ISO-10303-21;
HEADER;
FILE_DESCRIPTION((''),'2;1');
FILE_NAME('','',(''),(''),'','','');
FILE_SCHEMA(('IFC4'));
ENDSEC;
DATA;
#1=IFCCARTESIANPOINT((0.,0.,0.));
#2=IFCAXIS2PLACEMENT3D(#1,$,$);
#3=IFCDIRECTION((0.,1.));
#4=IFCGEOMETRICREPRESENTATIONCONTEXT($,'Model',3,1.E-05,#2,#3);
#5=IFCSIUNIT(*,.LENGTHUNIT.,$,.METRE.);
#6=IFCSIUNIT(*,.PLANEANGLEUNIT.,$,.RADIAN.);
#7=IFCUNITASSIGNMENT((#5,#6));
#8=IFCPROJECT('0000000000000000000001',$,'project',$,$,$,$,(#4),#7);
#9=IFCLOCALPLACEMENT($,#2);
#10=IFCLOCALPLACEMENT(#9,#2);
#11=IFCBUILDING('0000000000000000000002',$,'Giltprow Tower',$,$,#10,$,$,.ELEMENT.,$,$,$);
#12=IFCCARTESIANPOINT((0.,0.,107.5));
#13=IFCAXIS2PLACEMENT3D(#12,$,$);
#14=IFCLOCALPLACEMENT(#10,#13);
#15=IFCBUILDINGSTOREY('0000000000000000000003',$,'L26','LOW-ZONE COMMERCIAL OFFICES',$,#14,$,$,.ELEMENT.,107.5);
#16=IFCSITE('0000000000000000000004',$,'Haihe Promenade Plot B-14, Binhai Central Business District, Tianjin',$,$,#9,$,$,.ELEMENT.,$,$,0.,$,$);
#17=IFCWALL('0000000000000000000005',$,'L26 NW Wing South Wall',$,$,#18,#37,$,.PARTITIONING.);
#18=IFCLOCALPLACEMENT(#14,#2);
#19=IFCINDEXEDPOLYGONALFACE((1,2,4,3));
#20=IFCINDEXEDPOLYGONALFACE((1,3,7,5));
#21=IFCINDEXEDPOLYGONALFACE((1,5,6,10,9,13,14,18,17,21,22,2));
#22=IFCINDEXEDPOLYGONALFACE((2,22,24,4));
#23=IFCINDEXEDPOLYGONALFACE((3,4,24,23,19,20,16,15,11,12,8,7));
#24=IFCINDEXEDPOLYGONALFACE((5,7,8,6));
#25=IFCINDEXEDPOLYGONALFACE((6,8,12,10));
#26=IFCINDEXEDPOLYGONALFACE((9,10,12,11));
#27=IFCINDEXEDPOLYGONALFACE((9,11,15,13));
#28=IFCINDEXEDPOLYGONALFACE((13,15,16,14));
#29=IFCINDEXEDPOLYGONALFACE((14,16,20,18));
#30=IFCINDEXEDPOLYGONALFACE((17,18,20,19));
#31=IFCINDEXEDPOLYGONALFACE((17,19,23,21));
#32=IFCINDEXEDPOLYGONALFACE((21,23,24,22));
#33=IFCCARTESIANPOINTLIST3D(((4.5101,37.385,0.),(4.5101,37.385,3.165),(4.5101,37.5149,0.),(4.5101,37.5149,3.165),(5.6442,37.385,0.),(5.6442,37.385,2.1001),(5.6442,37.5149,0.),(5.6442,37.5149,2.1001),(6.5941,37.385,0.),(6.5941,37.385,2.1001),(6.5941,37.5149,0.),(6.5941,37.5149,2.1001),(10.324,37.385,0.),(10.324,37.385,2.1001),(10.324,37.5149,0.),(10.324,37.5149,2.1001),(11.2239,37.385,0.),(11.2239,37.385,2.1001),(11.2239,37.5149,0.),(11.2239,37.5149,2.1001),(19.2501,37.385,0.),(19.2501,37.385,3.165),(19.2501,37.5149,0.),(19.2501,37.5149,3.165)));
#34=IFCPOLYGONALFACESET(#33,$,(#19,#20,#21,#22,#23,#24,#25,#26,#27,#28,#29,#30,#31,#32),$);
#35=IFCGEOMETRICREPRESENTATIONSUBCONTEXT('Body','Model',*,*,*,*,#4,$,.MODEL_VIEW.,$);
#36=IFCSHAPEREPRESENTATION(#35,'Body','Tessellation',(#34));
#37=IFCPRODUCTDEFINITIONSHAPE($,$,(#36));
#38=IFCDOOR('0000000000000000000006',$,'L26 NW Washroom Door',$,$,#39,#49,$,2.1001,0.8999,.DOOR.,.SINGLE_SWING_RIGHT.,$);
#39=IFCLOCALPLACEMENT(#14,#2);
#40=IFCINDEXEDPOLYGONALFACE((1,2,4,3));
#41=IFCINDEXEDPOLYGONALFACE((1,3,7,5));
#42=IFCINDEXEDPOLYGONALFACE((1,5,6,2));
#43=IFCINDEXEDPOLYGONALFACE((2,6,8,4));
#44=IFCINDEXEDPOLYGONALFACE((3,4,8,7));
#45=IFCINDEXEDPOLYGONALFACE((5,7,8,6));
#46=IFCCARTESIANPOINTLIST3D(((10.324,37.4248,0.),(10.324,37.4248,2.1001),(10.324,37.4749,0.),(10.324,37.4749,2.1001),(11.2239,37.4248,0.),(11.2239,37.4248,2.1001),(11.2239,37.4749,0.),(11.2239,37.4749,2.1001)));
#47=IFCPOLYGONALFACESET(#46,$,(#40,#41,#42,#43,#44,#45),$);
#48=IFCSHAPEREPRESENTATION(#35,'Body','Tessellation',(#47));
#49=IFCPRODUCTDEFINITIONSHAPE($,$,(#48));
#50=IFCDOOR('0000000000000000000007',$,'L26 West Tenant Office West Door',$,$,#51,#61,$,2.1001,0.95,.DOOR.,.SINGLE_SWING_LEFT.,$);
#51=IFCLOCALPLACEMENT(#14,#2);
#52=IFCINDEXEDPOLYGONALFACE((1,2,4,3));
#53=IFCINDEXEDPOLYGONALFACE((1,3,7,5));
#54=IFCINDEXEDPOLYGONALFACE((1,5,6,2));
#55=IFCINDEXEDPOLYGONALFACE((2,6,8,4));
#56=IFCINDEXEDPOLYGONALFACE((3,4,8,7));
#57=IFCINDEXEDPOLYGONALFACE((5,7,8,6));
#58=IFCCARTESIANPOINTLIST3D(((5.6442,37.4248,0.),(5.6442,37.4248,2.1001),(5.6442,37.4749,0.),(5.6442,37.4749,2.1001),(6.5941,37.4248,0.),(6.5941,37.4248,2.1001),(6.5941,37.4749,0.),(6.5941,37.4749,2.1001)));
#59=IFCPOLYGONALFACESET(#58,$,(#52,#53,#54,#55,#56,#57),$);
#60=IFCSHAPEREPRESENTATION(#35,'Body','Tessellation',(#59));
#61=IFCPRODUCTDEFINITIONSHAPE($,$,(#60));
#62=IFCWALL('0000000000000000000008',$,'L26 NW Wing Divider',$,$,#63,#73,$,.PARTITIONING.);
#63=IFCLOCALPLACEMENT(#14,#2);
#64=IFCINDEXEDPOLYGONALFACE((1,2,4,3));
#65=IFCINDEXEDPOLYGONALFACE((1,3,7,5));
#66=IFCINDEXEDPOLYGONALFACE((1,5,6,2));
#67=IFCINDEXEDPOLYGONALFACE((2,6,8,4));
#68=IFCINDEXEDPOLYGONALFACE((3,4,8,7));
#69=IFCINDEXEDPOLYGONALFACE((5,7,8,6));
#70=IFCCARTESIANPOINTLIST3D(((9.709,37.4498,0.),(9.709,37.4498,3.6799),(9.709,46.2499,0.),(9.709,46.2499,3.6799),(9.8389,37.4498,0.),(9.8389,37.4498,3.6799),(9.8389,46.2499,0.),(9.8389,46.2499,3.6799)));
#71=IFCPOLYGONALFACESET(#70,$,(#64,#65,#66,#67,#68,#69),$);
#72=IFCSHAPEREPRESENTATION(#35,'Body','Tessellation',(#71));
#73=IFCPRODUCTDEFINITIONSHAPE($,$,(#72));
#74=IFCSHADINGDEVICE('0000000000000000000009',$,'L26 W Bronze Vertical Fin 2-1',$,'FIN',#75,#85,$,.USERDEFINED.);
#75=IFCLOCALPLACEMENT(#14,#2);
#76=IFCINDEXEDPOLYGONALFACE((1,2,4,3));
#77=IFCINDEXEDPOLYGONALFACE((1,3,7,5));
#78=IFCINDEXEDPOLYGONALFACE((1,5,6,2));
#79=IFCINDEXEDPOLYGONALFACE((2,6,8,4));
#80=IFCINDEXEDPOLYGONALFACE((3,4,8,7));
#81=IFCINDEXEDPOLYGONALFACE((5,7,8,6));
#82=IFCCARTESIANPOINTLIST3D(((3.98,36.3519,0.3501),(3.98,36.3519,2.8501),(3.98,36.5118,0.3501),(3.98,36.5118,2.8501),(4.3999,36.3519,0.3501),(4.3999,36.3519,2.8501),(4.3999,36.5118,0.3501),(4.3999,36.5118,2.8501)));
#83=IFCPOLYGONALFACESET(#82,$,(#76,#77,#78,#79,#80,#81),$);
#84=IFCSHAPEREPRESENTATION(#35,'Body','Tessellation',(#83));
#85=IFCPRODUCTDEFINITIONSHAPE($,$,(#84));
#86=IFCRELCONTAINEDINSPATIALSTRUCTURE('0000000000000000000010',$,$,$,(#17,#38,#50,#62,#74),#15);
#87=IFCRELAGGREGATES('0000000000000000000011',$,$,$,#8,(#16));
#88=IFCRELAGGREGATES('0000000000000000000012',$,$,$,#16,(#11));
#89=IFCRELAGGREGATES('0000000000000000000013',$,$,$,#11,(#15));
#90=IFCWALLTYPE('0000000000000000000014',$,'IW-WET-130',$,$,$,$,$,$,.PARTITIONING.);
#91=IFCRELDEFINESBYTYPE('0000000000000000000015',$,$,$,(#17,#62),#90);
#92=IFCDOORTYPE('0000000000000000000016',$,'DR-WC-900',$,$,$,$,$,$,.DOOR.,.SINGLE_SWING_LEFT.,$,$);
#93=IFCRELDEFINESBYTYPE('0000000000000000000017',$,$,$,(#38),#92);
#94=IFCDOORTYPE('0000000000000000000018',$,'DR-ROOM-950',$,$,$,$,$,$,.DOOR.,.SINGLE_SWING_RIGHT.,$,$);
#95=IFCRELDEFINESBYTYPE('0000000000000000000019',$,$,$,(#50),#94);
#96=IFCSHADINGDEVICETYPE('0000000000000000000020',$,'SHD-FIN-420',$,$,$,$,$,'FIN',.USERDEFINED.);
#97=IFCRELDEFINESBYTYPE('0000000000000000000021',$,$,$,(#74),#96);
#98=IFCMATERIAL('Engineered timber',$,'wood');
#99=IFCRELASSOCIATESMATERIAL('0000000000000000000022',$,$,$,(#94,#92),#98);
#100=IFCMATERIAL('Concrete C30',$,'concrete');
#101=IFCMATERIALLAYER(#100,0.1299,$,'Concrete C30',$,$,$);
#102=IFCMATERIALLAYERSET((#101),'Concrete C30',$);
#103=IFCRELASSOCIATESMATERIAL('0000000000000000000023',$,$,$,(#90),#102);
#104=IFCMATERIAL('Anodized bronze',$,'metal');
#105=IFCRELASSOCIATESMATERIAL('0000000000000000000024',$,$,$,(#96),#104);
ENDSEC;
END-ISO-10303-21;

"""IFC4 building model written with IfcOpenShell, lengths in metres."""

from ifc_helpers import new_model, si_unit, direction, frame, frame_2d, origin, origin_2d, place, context, subcontext, project, spatial, rectangle, extrude, source, transform, mapped, material, layer, layer_set, type_object, element, fill, save


model = new_model("IFC4")

# Units and contexts
model_context = context("Model", 3, precision=1e-05, world=origin(), true_north=direction((0.0, 1.0)))
body_context = subcontext(model_context, "Body", "Model", "MODEL_VIEW")
ifc_project = project(units=[si_unit("LENGTHUNIT", "METRE"), si_unit("PLANEANGLEUNIT", "RADIAN")], contexts=[model_context])

# Site, building, storey
site_placement = place(None, origin())
site = spatial("IfcSite", under=ifc_project, at=site_placement, Name="Haihe Promenade Plot B-14, Binhai Central Business District, Tianjin", CompositionType="ELEMENT", RefElevation=0.0)
building_placement = place(site_placement, origin())
building = spatial("IfcBuilding", under=site, at=building_placement, Name="Giltprow Tower", CompositionType="ELEMENT")
storey_placement = place(building_placement, frame((0.0, 0.0, 107.5)))
storey = spatial("IfcBuildingStorey", under=building, at=storey_placement, Name="L26", Description="LOW-ZONE COMMERCIAL OFFICES", CompositionType="ELEMENT", Elevation=107.5)

# Shared definitions
ifc_material_1 = material(Name="Engineered timber", Category="wood")

# Shared definitions
door_type_1 = type_object("IfcDoorType", Name="DR-ROOM-950", OperationType="SINGLE_SWING_RIGHT", PredefinedType="DOOR", material=ifc_material_1)
shared_shape_1 = source(origin(), body_context, "Body", "SweptSolid", [
    extrude(rectangle(XDim=0.95, YDim=2.1001, at=frame_2d((0.4751, 1.05))), frame((0.0, 0.0249, 0.0), z_axis=(0.0, -1.0, 0.0), x_axis=(1.0, 0.0, 0.0)), (0.0, 0.0, 1.0), 0.05),
])

# Wall, openings, doors
ifc_material_2 = material(Name="Concrete C30", Category="concrete")
ifc_layer_1 = layer(ifc_material_2, 0.1299, Name="Concrete C30")
ifc_layer_set_1 = layer_set([ifc_layer_1], Name="Concrete C30")
wall_type_1 = type_object("IfcWallType", Name="IW-WET-130", PredefinedType="PARTITIONING", material=ifc_layer_set_1)
wall_1_placement = place(storey_placement, frame((4.51, 37.45, 0.0), z_axis=(0.0, 0.0, 1.0), x_axis=(1.0, 0.0, 0.0)))
wall_1 = element("IfcWall", 1, at=wall_1_placement, inside=storey, type_object=wall_type_1, Name="L26 NW Wing South Wall", PredefinedType="PARTITIONING", context=body_context, shape_type="SweptSolid", body=[
    extrude(rectangle(XDim=14.74, YDim=0.1299, at=frame_2d((7.3701, 0.0))), origin(), (0.0, 0.0, 1.0), 3.165),
])
opening_1_placement = place(wall_1_placement, frame((1.134, 0.0, 0.0)))
opening_1 = element("IfcOpeningElement", 2, at=opening_1_placement, cuts=wall_1, PredefinedType="OPENING", context=body_context, shape_type="SweptSolid", body=[
    extrude(rectangle(XDim=0.95, YDim=2.1001, at=frame_2d((0.4751, 1.05))), frame((0.0, 0.075, 0.0), z_axis=(0.0, -1.0, 0.0), x_axis=(1.0, 0.0, 0.0)), (0.0, 0.0, 1.0), 0.1499),
])
opening_2_placement = place(wall_1_placement, frame((5.814, 0.0, 0.0)))
opening_2 = element("IfcOpeningElement", 3, at=opening_2_placement, cuts=wall_1, PredefinedType="OPENING", context=body_context, shape_type="SweptSolid", body=[
    extrude(rectangle(XDim=0.8999, YDim=2.1001, at=frame_2d((0.45, 1.05))), frame((0.0, 0.075, 0.0), z_axis=(0.0, -1.0, 0.0), x_axis=(1.0, 0.0, 0.0)), (0.0, 0.0, 1.0), 0.1499),
])
door_type_2 = type_object("IfcDoorType", Name="DR-WC-900", OperationType="SINGLE_SWING_LEFT", PredefinedType="DOOR", material=ifc_material_1)
shared_shape_2 = source(origin(), body_context, "Body", "SweptSolid", [
    extrude(rectangle(XDim=0.8999, YDim=2.1001, at=frame_2d((0.45, 1.05))), frame((0.0, 0.0249, 0.0), z_axis=(0.0, -1.0, 0.0), x_axis=(1.0, 0.0, 0.0)), (0.0, 0.0, 1.0), 0.05),
])
door_1_placement = place(opening_2_placement, origin())
door_1 = element("IfcDoor", 4, at=door_1_placement, inside=storey, type_object=door_type_2, Name="L26 NW Washroom Door", OperationType="SINGLE_SWING_RIGHT", OverallHeight=2.1001, OverallWidth=0.8999, PredefinedType="DOOR", context=body_context, shape_type="MappedRepresentation", body=[
    mapped(shared_shape_2, transform((0.0, 0.0, 0.0), x_axis=(1.0, 0.0, 0.0), y_axis=(0.0, 1.0, 0.0), z_axis=(0.0, 0.0, 1.0), scale=1.0)),
])
fill(opening_2, door_1)
door_2_placement = place(opening_1_placement, origin())
door_2 = element("IfcDoor", 5, at=door_2_placement, inside=storey, type_object=door_type_1, Name="L26 West Tenant Office West Door", OperationType="SINGLE_SWING_LEFT", OverallHeight=2.1001, OverallWidth=0.95, PredefinedType="DOOR", context=body_context, shape_type="MappedRepresentation", body=[
    mapped(shared_shape_1, transform((0.0, 0.0, 0.0), x_axis=(1.0, 0.0, 0.0), y_axis=(0.0, 1.0, 0.0), z_axis=(0.0, 0.0, 1.0), scale=1.0)),
])
fill(opening_1, door_2)

# Wall
wall_2_placement = place(storey_placement, frame((9.7739, 37.45, 0.0), z_axis=(0.0, 0.0, 1.0), x_axis=(0.0, 1.0, 0.0)))
element("IfcWall", 6, at=wall_2_placement, inside=storey, type_object=wall_type_1, Name="L26 NW Wing Divider", PredefinedType="PARTITIONING", context=body_context, shape_type="SweptSolid", body=[
    extrude(rectangle(XDim=8.8, YDim=0.1299, at=frame_2d((4.3999, 0.0))), origin(), (0.0, 0.0, 1.0), 3.6799),
])

# Shading device
ifc_material_3 = material(Name="Anodized bronze", Category="metal")
shading_device_type = type_object("IfcShadingDeviceType", Name="SHD-FIN-420", ElementType="FIN", PredefinedType="USERDEFINED", material=ifc_material_3)
shared_shape_3 = source(origin(), body_context, "Body", "SweptSolid", [
    extrude(rectangle(XDim=0.4199, YDim=0.1599, at=origin_2d()), origin(), (0.0, 0.0, 1.0), 2.5),
])
shading_device_placement = place(storey_placement, frame((4.1899, 36.4319, 0.3501), z_axis=(0.0, 0.0, 1.0), x_axis=(1.0, 0.0, 0.0)))
element("IfcShadingDevice", 7, at=shading_device_placement, inside=storey, type_object=shading_device_type, Name="L26 W Bronze Vertical Fin 2-1", ObjectType="FIN", PredefinedType="USERDEFINED", context=body_context, shape_type="MappedRepresentation", body=[
    mapped(shared_shape_3, transform((0.0, 0.0, 0.0), x_axis=(1.0, 0.0, 0.0), y_axis=(0.0, 1.0, 0.0), z_axis=(0.0, 0.0, 1.0), scale=1.0)),
])

save(model, "model.ifc")
